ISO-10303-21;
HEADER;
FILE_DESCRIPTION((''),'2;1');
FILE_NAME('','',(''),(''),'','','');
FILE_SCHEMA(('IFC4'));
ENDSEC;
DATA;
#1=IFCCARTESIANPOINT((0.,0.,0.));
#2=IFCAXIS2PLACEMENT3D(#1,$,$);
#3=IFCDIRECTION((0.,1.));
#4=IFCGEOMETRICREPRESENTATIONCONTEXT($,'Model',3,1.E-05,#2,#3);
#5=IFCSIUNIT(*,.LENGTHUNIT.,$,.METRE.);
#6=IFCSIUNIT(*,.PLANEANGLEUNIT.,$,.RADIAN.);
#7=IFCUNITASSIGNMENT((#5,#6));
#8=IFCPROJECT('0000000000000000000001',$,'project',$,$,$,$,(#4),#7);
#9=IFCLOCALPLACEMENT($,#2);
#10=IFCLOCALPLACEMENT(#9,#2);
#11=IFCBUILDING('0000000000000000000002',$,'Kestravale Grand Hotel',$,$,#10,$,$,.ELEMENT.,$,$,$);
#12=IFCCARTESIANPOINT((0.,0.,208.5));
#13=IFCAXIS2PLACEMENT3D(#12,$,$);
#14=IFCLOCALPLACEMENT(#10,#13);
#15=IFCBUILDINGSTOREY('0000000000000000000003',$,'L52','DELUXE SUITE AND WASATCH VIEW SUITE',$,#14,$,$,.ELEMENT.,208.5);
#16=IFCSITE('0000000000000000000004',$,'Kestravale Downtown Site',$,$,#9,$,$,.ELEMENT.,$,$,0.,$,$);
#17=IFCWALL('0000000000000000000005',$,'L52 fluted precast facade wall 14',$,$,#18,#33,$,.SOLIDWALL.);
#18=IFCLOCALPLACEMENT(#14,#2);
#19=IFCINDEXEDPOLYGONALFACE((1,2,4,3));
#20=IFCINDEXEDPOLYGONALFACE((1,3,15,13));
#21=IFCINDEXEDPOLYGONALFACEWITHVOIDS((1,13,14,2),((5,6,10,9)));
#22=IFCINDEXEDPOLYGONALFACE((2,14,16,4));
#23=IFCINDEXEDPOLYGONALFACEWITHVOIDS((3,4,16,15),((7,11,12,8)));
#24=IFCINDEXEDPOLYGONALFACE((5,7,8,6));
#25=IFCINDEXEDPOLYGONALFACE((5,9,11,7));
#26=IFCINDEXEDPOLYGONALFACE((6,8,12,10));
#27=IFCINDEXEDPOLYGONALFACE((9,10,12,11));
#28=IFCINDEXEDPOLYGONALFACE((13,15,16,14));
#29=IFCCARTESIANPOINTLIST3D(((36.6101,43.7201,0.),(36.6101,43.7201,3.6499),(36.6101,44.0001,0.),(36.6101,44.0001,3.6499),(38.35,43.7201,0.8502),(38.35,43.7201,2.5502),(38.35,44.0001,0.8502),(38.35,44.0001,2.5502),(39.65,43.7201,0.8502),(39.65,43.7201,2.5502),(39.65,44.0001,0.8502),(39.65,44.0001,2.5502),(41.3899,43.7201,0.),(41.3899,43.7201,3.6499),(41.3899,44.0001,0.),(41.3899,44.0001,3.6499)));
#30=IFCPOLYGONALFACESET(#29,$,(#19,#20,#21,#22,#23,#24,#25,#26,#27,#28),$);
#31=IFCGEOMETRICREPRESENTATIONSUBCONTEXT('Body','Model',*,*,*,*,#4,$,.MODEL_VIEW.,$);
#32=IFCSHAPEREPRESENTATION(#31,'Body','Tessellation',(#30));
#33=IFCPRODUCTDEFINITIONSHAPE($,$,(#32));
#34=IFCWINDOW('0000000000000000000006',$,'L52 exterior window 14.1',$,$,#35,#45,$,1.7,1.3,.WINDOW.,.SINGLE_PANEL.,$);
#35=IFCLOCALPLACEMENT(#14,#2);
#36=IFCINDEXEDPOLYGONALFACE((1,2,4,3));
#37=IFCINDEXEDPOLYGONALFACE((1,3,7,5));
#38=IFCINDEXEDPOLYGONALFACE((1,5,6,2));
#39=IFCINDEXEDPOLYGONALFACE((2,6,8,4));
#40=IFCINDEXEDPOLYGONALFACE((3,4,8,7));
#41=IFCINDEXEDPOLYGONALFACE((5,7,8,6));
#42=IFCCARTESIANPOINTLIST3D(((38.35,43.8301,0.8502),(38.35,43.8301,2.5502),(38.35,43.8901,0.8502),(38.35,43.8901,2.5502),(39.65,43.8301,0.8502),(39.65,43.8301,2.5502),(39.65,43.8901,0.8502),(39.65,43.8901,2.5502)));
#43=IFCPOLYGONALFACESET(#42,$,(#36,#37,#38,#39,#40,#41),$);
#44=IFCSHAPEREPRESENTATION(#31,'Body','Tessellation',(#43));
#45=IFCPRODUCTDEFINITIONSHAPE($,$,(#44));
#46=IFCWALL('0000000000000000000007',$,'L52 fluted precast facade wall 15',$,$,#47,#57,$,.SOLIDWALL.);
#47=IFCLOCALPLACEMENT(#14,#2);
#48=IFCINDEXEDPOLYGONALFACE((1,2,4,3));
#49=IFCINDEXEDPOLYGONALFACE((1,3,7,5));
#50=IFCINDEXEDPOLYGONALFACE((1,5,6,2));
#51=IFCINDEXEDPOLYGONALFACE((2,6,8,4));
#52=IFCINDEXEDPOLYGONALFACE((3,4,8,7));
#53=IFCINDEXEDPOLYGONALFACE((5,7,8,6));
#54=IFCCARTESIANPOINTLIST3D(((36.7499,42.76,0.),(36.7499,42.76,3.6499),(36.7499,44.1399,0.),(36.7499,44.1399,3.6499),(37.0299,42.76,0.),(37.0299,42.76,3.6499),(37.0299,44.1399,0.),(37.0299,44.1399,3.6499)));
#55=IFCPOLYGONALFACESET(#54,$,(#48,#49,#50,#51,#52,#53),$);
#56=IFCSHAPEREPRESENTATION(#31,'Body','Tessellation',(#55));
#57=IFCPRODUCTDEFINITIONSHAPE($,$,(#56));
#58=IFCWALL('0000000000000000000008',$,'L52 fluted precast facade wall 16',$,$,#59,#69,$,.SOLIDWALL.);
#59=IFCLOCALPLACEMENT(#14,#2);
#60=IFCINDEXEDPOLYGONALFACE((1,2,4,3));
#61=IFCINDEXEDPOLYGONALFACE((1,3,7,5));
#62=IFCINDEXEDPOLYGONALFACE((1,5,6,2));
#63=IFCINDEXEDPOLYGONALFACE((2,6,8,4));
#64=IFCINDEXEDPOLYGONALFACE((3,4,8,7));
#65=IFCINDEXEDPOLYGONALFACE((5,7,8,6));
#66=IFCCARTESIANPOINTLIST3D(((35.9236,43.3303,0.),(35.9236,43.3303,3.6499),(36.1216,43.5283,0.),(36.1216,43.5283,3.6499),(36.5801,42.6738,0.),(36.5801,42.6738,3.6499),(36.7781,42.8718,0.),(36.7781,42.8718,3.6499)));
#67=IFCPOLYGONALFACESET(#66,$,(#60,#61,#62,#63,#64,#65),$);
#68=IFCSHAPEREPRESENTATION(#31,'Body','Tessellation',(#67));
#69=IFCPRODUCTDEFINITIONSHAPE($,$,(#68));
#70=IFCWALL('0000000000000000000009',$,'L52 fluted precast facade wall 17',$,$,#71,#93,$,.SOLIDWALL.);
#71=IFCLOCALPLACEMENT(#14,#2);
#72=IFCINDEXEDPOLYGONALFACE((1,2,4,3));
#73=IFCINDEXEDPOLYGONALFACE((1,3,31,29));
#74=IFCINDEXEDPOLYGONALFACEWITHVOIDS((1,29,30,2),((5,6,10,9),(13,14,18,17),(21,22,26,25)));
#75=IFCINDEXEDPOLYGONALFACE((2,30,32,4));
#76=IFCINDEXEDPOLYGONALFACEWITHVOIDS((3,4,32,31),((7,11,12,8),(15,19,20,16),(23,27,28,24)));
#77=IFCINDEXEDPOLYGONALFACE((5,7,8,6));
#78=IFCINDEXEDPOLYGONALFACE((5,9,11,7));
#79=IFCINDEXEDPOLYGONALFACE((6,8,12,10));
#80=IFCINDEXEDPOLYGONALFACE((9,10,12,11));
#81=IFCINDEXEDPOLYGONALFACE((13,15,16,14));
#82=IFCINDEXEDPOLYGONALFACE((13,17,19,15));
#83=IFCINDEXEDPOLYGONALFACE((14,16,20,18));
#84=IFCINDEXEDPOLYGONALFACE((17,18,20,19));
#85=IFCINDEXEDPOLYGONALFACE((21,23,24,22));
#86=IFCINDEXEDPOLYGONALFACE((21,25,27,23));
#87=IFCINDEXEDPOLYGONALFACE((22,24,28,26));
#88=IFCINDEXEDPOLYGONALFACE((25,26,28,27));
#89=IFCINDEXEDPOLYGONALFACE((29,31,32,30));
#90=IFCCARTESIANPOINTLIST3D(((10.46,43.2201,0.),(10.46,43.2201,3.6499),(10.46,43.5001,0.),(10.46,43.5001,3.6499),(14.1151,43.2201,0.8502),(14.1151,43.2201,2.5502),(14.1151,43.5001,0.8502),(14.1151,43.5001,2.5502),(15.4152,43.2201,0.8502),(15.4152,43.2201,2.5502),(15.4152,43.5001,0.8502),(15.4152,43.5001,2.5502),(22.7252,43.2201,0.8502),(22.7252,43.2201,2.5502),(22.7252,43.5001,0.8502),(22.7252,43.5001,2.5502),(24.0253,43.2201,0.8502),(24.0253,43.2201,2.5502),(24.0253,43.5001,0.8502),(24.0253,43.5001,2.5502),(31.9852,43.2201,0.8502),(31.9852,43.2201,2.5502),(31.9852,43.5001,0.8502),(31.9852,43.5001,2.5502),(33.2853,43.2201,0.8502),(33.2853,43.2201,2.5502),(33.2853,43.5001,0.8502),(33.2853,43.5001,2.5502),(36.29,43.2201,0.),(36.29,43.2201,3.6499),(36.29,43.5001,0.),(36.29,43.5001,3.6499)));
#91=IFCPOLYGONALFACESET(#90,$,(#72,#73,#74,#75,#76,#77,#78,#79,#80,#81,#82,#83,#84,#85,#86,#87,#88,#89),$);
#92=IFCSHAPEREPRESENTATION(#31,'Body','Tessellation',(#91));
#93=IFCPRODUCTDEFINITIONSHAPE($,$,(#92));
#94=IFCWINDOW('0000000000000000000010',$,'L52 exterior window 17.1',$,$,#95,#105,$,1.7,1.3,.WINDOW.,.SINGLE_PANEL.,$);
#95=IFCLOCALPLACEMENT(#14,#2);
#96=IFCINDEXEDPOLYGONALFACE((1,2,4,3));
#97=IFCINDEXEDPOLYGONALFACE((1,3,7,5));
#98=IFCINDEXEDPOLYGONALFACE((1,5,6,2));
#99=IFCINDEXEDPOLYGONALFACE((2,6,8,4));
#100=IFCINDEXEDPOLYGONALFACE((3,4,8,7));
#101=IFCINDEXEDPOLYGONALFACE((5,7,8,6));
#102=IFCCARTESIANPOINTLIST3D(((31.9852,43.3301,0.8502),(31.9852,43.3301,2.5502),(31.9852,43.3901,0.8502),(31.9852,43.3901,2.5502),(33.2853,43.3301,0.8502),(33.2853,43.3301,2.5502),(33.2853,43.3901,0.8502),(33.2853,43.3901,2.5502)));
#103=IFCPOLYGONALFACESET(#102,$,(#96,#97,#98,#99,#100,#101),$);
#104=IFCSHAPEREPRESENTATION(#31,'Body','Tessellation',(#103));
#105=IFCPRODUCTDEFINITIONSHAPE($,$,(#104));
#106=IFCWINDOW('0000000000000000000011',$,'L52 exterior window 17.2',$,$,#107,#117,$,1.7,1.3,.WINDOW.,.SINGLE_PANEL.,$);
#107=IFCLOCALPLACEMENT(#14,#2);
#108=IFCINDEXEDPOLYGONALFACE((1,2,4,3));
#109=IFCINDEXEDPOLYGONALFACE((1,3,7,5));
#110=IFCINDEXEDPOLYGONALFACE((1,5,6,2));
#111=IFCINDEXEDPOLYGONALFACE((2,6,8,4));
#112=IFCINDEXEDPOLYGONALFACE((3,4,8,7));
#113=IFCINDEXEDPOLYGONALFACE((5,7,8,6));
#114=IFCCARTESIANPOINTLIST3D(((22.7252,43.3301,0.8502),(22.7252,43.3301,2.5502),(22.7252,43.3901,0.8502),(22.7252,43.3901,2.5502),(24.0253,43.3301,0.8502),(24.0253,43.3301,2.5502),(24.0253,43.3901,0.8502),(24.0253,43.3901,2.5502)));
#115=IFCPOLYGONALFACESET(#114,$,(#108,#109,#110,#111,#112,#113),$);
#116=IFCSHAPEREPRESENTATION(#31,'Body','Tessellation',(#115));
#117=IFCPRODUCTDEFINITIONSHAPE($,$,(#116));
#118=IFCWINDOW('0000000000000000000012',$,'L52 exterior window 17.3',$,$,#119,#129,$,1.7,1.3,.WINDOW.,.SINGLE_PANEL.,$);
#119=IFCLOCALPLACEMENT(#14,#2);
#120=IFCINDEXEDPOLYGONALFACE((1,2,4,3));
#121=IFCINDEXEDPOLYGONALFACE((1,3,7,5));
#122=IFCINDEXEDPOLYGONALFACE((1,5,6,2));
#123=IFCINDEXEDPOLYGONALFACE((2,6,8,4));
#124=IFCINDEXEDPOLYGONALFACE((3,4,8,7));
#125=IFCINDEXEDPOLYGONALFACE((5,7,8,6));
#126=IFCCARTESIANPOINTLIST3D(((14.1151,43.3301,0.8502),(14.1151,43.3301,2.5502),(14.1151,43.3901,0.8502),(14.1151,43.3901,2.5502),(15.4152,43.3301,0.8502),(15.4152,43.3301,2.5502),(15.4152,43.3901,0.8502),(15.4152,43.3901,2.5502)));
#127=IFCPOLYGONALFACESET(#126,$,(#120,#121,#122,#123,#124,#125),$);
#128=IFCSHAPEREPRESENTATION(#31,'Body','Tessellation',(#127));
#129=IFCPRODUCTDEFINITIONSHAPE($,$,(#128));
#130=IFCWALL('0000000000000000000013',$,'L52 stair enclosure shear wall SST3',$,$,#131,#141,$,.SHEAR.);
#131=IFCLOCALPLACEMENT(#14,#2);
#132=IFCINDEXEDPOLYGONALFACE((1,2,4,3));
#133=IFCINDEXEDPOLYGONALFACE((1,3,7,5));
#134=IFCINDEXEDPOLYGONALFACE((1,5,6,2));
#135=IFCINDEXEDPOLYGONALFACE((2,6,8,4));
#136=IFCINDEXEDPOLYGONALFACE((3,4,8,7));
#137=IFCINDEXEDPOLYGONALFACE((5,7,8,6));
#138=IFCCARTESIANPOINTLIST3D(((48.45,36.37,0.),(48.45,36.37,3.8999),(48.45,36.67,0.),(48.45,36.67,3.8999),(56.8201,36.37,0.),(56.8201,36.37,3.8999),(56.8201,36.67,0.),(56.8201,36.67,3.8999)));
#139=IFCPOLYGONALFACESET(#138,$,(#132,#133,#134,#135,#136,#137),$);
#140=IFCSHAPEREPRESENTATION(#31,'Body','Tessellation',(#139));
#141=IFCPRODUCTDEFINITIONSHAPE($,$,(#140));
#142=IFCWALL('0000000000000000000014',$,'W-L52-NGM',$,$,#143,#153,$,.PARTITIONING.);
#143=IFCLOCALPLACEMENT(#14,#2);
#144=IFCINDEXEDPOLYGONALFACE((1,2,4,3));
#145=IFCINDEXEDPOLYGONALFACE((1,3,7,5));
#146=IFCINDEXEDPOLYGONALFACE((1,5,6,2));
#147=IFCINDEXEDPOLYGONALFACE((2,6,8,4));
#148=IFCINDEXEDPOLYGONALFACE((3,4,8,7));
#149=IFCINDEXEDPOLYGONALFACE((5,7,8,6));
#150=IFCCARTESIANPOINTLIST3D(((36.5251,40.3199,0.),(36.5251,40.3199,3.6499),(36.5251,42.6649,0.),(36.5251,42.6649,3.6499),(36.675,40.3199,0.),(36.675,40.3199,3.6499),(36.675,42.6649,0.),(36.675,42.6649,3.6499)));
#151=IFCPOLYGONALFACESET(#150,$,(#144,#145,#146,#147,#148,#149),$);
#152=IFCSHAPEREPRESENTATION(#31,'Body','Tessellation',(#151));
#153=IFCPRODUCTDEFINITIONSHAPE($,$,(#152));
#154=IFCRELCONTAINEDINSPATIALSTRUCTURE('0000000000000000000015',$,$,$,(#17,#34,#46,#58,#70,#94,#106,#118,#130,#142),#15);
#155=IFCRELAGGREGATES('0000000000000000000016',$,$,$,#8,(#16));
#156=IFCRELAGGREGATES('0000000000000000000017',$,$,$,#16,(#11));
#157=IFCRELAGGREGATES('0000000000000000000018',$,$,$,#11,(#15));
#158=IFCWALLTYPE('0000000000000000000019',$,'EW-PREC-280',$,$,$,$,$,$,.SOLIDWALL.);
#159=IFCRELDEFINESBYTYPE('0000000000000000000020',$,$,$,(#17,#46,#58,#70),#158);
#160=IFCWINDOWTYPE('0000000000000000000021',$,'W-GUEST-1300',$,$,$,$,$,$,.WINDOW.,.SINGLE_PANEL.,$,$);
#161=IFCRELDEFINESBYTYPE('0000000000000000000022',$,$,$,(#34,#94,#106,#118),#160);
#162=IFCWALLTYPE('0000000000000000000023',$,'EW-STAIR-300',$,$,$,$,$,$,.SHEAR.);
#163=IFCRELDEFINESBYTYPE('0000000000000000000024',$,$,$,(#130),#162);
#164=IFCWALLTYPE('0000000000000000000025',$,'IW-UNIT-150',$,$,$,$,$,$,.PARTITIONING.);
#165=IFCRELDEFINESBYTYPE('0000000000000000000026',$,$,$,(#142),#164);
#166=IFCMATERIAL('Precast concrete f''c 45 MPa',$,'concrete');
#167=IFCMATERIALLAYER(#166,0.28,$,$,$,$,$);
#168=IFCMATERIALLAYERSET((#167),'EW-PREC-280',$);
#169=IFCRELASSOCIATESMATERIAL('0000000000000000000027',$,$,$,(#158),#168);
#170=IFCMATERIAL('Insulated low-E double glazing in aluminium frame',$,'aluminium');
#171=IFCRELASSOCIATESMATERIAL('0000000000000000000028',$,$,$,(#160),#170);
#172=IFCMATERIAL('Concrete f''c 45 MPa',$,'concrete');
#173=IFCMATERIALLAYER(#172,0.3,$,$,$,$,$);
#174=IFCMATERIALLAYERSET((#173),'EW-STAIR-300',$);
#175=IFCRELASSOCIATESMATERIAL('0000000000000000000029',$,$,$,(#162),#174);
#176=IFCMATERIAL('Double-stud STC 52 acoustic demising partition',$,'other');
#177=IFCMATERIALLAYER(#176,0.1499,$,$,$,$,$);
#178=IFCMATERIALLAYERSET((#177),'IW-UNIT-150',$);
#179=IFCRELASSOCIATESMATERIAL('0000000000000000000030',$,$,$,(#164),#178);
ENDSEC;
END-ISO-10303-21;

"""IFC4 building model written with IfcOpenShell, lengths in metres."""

from ifc_helpers import new_model, si_unit, direction, frame, frame_2d, origin, place, context, subcontext, project, spatial, rectangle, extrude, material, layer, layer_set, type_object, element, fill, save


model = new_model("IFC4")

# Units and contexts
model_context = context("Model", 3, precision=1e-05, world=origin(), true_north=direction((0.0, 1.0)))
body_context = subcontext(model_context, "Body", "Model", "MODEL_VIEW")
ifc_project = project(units=[si_unit("LENGTHUNIT", "METRE"), si_unit("PLANEANGLEUNIT", "RADIAN")], contexts=[model_context])

# Site, building, storey
site_placement = place(None, origin())
site = spatial("IfcSite", under=ifc_project, at=site_placement, Name="Kestravale Downtown Site", CompositionType="ELEMENT", RefElevation=0.0)
building_placement = place(site_placement, origin())
building = spatial("IfcBuilding", under=site, at=building_placement, Name="Kestravale Grand Hotel", CompositionType="ELEMENT")
storey_placement = place(building_placement, frame((0.0, 0.0, 208.5)))
storey = spatial("IfcBuildingStorey", under=building, at=storey_placement, Name="L52", Description="DELUXE SUITE AND WASATCH VIEW SUITE", CompositionType="ELEMENT", Elevation=208.5)

# Shared definitions
ifc_material_1 = material(Name="Precast concrete f'c 45 MPa", Category="concrete")
ifc_layer_1 = layer(ifc_material_1, 0.28)
ifc_layer_set_1 = layer_set([ifc_layer_1], Name="EW-PREC-280")
wall_type_1 = type_object("IfcWallType", Name="EW-PREC-280", PredefinedType="SOLIDWALL", material=ifc_layer_set_1)

# Wall, opening, window
ifc_material_2 = material(Name="Insulated low-E double glazing in aluminium frame", Category="aluminium")
window_type = type_object("IfcWindowType", Name="W-GUEST-1300", PartitioningType="SINGLE_PANEL", PredefinedType="WINDOW", material=ifc_material_2)
wall_1_placement = place(storey_placement, frame((41.3899, 43.8601, 0.0), z_axis=(0.0, 0.0, 1.0), x_axis=(-1.0, 0.0, 0.0)))
wall_1 = element("IfcWall", 1, at=wall_1_placement, inside=storey, type_object=wall_type_1, Name="L52 fluted precast facade wall 14", PredefinedType="SOLIDWALL", context=body_context, shape_type="SweptSolid", body=[
    extrude(rectangle(XDim=4.7798, YDim=0.28, at=frame_2d((2.3899, 0.0))), origin(), (0.0, 0.0, 1.0), 3.6499),
])
opening_1_placement = place(wall_1_placement, frame((1.74, 0.0, 0.8501)))
opening_1 = element("IfcOpeningElement", 2, at=opening_1_placement, cuts=wall_1, PredefinedType="OPENING", context=body_context, shape_type="SweptSolid", body=[
    extrude(rectangle(XDim=1.3, YDim=1.7, at=frame_2d((0.6499, 0.8501))), frame((0.0, 0.1499, 0.0), z_axis=(0.0, -1.0, 0.0), x_axis=(1.0, 0.0, 0.0)), (0.0, 0.0, 1.0), 0.3),
])
window_1_placement = place(opening_1_placement, origin())
window_1 = element("IfcWindow", 3, at=window_1_placement, inside=storey, type_object=window_type, Name="L52 exterior window 14.1", OverallHeight=1.7, OverallWidth=1.3, PartitioningType="SINGLE_PANEL", PredefinedType="WINDOW", context=body_context, shape_type="SweptSolid", body=[
    extrude(rectangle(XDim=1.3, YDim=1.7, at=frame_2d((0.6499, 0.8501))), frame((0.0, 0.03, 0.0), z_axis=(0.0, -1.0, 0.0), x_axis=(1.0, 0.0, 0.0)), (0.0, 0.0, 1.0), 0.0601),
])
fill(opening_1, window_1)

# Walls
wall_2_placement = place(storey_placement, frame((36.8899, 44.1399, 0.0), z_axis=(0.0, 0.0, 1.0), x_axis=(0.0, -1.0, 0.0)))
element("IfcWall", 4, at=wall_2_placement, inside=storey, type_object=wall_type_1, Name="L52 fluted precast facade wall 15", PredefinedType="SOLIDWALL", context=body_context, shape_type="SweptSolid", body=[
    extrude(rectangle(XDim=1.3799, YDim=0.28, at=frame_2d((0.6899, 0.0))), origin(), (0.0, 0.0, 1.0), 3.6499),
])
wall_3_placement = place(storey_placement, frame((36.6792, 42.7727, 0.0), z_axis=(0.0, 0.0, 1.0), x_axis=(-0.707107, 0.707107, 0.0)))
element("IfcWall", 5, at=wall_3_placement, inside=storey, type_object=wall_type_1, Name="L52 fluted precast facade wall 16", PredefinedType="SOLIDWALL", context=body_context, shape_type="SweptSolid", body=[
    extrude(rectangle(XDim=0.9285, YDim=0.28, at=frame_2d((0.4644, 0.0))), origin(), (0.0, 0.0, 1.0), 3.6499),
])

# Wall, openings, windows
wall_4_placement = place(storey_placement, frame((36.29, 43.3601, 0.0), z_axis=(0.0, 0.0, 1.0), x_axis=(-1.0, 0.0, 0.0)))
wall_4 = element("IfcWall", 6, at=wall_4_placement, inside=storey, type_object=wall_type_1, Name="L52 fluted precast facade wall 17", PredefinedType="SOLIDWALL", context=body_context, shape_type="SweptSolid", body=[
    extrude(rectangle(XDim=25.8301, YDim=0.28, at=frame_2d((12.915, 0.0))), origin(), (0.0, 0.0, 1.0), 3.6499),
])
opening_2_placement = place(wall_4_placement, frame((3.0049, 0.0, 0.8501)))
opening_2 = element("IfcOpeningElement", 7, at=opening_2_placement, cuts=wall_4, PredefinedType="OPENING", context=body_context, shape_type="SweptSolid", body=[
    extrude(rectangle(XDim=1.3, YDim=1.7, at=frame_2d((0.6499, 0.8501))), frame((0.0, 0.1499, 0.0), z_axis=(0.0, -1.0, 0.0), x_axis=(1.0, 0.0, 0.0)), (0.0, 0.0, 1.0), 0.3),
])
opening_3_placement = place(wall_4_placement, frame((12.2649, 0.0, 0.8501)))
opening_3 = element("IfcOpeningElement", 8, at=opening_3_placement, cuts=wall_4, PredefinedType="OPENING", context=body_context, shape_type="SweptSolid", body=[
    extrude(rectangle(XDim=1.3, YDim=1.7, at=frame_2d((0.6499, 0.8501))), frame((0.0, 0.1499, 0.0), z_axis=(0.0, -1.0, 0.0), x_axis=(1.0, 0.0, 0.0)), (0.0, 0.0, 1.0), 0.3),
])
opening_4_placement = place(wall_4_placement, frame((20.875, 0.0, 0.8501)))
opening_4 = element("IfcOpeningElement", 9, at=opening_4_placement, cuts=wall_4, PredefinedType="OPENING", context=body_context, shape_type="SweptSolid", body=[
    extrude(rectangle(XDim=1.3, YDim=1.7, at=frame_2d((0.6499, 0.8501))), frame((0.0, 0.1499, 0.0), z_axis=(0.0, -1.0, 0.0), x_axis=(1.0, 0.0, 0.0)), (0.0, 0.0, 1.0), 0.3),
])
window_2_placement = place(opening_2_placement, origin())
window_2 = element("IfcWindow", 10, at=window_2_placement, inside=storey, type_object=window_type, Name="L52 exterior window 17.1", OverallHeight=1.7, OverallWidth=1.3, PartitioningType="SINGLE_PANEL", PredefinedType="WINDOW", context=body_context, shape_type="SweptSolid", body=[
    extrude(rectangle(XDim=1.3, YDim=1.7, at=frame_2d((0.6499, 0.8501))), frame((0.0, 0.03, 0.0), z_axis=(0.0, -1.0, 0.0), x_axis=(1.0, 0.0, 0.0)), (0.0, 0.0, 1.0), 0.0601),
])
fill(opening_2, window_2)
window_3_placement = place(opening_3_placement, origin())
window_3 = element("IfcWindow", 11, at=window_3_placement, inside=storey, type_object=window_type, Name="L52 exterior window 17.2", OverallHeight=1.7, OverallWidth=1.3, PartitioningType="SINGLE_PANEL", PredefinedType="WINDOW", context=body_context, shape_type="SweptSolid", body=[
    extrude(rectangle(XDim=1.3, YDim=1.7, at=frame_2d((0.6499, 0.8501))), frame((0.0, 0.03, 0.0), z_axis=(0.0, -1.0, 0.0), x_axis=(1.0, 0.0, 0.0)), (0.0, 0.0, 1.0), 0.0601),
])
fill(opening_3, window_3)
window_4_placement = place(opening_4_placement, origin())
window_4 = element("IfcWindow", 12, at=window_4_placement, inside=storey, type_object=window_type, Name="L52 exterior window 17.3", OverallHeight=1.7, OverallWidth=1.3, PartitioningType="SINGLE_PANEL", PredefinedType="WINDOW", context=body_context, shape_type="SweptSolid", body=[
    extrude(rectangle(XDim=1.3, YDim=1.7, at=frame_2d((0.6499, 0.8501))), frame((0.0, 0.03, 0.0), z_axis=(0.0, -1.0, 0.0), x_axis=(1.0, 0.0, 0.0)), (0.0, 0.0, 1.0), 0.0601),
])
fill(opening_4, window_4)

# Walls
ifc_material_3 = material(Name="Concrete f'c 45 MPa", Category="concrete")
ifc_layer_2 = layer(ifc_material_3, 0.3)
ifc_layer_set_2 = layer_set([ifc_layer_2], Name="EW-STAIR-300")
wall_type_2 = type_object("IfcWallType", Name="EW-STAIR-300", PredefinedType="SHEAR", material=ifc_layer_set_2)
wall_5_placement = place(storey_placement, frame((48.45, 36.52, 0.0), z_axis=(0.0, 0.0, 1.0), x_axis=(1.0, 0.0, 0.0)))
element("IfcWall", 13, at=wall_5_placement, inside=storey, type_object=wall_type_2, Name="L52 stair enclosure shear wall SST3", PredefinedType="SHEAR", context=body_context, shape_type="SweptSolid", body=[
    extrude(rectangle(XDim=8.3701, YDim=0.3, at=frame_2d((4.1851, 0.0))), origin(), (0.0, 0.0, 1.0), 3.8999),
])
ifc_material_4 = material(Name="Double-stud STC 52 acoustic demising partition", Category="other")
ifc_layer_3 = layer(ifc_material_4, 0.1499)
ifc_layer_set_3 = layer_set([ifc_layer_3], Name="IW-UNIT-150")
wall_type_3 = type_object("IfcWallType", Name="IW-UNIT-150", PredefinedType="PARTITIONING", material=ifc_layer_set_3)
wall_6_placement = place(storey_placement, frame((36.6001, 40.3201, 0.0), z_axis=(0.0, 0.0, 1.0), x_axis=(0.0, 1.0, 0.0)))
element("IfcWall", 14, at=wall_6_placement, inside=storey, type_object=wall_type_3, Name="W-L52-NGM", PredefinedType="PARTITIONING", context=body_context, shape_type="SweptSolid", body=[
    extrude(rectangle(XDim=2.345, YDim=0.1499, at=frame_2d((1.1724, 0.0))), origin(), (0.0, 0.0, 1.0), 3.6499),
])

save(model, "model.ifc")
